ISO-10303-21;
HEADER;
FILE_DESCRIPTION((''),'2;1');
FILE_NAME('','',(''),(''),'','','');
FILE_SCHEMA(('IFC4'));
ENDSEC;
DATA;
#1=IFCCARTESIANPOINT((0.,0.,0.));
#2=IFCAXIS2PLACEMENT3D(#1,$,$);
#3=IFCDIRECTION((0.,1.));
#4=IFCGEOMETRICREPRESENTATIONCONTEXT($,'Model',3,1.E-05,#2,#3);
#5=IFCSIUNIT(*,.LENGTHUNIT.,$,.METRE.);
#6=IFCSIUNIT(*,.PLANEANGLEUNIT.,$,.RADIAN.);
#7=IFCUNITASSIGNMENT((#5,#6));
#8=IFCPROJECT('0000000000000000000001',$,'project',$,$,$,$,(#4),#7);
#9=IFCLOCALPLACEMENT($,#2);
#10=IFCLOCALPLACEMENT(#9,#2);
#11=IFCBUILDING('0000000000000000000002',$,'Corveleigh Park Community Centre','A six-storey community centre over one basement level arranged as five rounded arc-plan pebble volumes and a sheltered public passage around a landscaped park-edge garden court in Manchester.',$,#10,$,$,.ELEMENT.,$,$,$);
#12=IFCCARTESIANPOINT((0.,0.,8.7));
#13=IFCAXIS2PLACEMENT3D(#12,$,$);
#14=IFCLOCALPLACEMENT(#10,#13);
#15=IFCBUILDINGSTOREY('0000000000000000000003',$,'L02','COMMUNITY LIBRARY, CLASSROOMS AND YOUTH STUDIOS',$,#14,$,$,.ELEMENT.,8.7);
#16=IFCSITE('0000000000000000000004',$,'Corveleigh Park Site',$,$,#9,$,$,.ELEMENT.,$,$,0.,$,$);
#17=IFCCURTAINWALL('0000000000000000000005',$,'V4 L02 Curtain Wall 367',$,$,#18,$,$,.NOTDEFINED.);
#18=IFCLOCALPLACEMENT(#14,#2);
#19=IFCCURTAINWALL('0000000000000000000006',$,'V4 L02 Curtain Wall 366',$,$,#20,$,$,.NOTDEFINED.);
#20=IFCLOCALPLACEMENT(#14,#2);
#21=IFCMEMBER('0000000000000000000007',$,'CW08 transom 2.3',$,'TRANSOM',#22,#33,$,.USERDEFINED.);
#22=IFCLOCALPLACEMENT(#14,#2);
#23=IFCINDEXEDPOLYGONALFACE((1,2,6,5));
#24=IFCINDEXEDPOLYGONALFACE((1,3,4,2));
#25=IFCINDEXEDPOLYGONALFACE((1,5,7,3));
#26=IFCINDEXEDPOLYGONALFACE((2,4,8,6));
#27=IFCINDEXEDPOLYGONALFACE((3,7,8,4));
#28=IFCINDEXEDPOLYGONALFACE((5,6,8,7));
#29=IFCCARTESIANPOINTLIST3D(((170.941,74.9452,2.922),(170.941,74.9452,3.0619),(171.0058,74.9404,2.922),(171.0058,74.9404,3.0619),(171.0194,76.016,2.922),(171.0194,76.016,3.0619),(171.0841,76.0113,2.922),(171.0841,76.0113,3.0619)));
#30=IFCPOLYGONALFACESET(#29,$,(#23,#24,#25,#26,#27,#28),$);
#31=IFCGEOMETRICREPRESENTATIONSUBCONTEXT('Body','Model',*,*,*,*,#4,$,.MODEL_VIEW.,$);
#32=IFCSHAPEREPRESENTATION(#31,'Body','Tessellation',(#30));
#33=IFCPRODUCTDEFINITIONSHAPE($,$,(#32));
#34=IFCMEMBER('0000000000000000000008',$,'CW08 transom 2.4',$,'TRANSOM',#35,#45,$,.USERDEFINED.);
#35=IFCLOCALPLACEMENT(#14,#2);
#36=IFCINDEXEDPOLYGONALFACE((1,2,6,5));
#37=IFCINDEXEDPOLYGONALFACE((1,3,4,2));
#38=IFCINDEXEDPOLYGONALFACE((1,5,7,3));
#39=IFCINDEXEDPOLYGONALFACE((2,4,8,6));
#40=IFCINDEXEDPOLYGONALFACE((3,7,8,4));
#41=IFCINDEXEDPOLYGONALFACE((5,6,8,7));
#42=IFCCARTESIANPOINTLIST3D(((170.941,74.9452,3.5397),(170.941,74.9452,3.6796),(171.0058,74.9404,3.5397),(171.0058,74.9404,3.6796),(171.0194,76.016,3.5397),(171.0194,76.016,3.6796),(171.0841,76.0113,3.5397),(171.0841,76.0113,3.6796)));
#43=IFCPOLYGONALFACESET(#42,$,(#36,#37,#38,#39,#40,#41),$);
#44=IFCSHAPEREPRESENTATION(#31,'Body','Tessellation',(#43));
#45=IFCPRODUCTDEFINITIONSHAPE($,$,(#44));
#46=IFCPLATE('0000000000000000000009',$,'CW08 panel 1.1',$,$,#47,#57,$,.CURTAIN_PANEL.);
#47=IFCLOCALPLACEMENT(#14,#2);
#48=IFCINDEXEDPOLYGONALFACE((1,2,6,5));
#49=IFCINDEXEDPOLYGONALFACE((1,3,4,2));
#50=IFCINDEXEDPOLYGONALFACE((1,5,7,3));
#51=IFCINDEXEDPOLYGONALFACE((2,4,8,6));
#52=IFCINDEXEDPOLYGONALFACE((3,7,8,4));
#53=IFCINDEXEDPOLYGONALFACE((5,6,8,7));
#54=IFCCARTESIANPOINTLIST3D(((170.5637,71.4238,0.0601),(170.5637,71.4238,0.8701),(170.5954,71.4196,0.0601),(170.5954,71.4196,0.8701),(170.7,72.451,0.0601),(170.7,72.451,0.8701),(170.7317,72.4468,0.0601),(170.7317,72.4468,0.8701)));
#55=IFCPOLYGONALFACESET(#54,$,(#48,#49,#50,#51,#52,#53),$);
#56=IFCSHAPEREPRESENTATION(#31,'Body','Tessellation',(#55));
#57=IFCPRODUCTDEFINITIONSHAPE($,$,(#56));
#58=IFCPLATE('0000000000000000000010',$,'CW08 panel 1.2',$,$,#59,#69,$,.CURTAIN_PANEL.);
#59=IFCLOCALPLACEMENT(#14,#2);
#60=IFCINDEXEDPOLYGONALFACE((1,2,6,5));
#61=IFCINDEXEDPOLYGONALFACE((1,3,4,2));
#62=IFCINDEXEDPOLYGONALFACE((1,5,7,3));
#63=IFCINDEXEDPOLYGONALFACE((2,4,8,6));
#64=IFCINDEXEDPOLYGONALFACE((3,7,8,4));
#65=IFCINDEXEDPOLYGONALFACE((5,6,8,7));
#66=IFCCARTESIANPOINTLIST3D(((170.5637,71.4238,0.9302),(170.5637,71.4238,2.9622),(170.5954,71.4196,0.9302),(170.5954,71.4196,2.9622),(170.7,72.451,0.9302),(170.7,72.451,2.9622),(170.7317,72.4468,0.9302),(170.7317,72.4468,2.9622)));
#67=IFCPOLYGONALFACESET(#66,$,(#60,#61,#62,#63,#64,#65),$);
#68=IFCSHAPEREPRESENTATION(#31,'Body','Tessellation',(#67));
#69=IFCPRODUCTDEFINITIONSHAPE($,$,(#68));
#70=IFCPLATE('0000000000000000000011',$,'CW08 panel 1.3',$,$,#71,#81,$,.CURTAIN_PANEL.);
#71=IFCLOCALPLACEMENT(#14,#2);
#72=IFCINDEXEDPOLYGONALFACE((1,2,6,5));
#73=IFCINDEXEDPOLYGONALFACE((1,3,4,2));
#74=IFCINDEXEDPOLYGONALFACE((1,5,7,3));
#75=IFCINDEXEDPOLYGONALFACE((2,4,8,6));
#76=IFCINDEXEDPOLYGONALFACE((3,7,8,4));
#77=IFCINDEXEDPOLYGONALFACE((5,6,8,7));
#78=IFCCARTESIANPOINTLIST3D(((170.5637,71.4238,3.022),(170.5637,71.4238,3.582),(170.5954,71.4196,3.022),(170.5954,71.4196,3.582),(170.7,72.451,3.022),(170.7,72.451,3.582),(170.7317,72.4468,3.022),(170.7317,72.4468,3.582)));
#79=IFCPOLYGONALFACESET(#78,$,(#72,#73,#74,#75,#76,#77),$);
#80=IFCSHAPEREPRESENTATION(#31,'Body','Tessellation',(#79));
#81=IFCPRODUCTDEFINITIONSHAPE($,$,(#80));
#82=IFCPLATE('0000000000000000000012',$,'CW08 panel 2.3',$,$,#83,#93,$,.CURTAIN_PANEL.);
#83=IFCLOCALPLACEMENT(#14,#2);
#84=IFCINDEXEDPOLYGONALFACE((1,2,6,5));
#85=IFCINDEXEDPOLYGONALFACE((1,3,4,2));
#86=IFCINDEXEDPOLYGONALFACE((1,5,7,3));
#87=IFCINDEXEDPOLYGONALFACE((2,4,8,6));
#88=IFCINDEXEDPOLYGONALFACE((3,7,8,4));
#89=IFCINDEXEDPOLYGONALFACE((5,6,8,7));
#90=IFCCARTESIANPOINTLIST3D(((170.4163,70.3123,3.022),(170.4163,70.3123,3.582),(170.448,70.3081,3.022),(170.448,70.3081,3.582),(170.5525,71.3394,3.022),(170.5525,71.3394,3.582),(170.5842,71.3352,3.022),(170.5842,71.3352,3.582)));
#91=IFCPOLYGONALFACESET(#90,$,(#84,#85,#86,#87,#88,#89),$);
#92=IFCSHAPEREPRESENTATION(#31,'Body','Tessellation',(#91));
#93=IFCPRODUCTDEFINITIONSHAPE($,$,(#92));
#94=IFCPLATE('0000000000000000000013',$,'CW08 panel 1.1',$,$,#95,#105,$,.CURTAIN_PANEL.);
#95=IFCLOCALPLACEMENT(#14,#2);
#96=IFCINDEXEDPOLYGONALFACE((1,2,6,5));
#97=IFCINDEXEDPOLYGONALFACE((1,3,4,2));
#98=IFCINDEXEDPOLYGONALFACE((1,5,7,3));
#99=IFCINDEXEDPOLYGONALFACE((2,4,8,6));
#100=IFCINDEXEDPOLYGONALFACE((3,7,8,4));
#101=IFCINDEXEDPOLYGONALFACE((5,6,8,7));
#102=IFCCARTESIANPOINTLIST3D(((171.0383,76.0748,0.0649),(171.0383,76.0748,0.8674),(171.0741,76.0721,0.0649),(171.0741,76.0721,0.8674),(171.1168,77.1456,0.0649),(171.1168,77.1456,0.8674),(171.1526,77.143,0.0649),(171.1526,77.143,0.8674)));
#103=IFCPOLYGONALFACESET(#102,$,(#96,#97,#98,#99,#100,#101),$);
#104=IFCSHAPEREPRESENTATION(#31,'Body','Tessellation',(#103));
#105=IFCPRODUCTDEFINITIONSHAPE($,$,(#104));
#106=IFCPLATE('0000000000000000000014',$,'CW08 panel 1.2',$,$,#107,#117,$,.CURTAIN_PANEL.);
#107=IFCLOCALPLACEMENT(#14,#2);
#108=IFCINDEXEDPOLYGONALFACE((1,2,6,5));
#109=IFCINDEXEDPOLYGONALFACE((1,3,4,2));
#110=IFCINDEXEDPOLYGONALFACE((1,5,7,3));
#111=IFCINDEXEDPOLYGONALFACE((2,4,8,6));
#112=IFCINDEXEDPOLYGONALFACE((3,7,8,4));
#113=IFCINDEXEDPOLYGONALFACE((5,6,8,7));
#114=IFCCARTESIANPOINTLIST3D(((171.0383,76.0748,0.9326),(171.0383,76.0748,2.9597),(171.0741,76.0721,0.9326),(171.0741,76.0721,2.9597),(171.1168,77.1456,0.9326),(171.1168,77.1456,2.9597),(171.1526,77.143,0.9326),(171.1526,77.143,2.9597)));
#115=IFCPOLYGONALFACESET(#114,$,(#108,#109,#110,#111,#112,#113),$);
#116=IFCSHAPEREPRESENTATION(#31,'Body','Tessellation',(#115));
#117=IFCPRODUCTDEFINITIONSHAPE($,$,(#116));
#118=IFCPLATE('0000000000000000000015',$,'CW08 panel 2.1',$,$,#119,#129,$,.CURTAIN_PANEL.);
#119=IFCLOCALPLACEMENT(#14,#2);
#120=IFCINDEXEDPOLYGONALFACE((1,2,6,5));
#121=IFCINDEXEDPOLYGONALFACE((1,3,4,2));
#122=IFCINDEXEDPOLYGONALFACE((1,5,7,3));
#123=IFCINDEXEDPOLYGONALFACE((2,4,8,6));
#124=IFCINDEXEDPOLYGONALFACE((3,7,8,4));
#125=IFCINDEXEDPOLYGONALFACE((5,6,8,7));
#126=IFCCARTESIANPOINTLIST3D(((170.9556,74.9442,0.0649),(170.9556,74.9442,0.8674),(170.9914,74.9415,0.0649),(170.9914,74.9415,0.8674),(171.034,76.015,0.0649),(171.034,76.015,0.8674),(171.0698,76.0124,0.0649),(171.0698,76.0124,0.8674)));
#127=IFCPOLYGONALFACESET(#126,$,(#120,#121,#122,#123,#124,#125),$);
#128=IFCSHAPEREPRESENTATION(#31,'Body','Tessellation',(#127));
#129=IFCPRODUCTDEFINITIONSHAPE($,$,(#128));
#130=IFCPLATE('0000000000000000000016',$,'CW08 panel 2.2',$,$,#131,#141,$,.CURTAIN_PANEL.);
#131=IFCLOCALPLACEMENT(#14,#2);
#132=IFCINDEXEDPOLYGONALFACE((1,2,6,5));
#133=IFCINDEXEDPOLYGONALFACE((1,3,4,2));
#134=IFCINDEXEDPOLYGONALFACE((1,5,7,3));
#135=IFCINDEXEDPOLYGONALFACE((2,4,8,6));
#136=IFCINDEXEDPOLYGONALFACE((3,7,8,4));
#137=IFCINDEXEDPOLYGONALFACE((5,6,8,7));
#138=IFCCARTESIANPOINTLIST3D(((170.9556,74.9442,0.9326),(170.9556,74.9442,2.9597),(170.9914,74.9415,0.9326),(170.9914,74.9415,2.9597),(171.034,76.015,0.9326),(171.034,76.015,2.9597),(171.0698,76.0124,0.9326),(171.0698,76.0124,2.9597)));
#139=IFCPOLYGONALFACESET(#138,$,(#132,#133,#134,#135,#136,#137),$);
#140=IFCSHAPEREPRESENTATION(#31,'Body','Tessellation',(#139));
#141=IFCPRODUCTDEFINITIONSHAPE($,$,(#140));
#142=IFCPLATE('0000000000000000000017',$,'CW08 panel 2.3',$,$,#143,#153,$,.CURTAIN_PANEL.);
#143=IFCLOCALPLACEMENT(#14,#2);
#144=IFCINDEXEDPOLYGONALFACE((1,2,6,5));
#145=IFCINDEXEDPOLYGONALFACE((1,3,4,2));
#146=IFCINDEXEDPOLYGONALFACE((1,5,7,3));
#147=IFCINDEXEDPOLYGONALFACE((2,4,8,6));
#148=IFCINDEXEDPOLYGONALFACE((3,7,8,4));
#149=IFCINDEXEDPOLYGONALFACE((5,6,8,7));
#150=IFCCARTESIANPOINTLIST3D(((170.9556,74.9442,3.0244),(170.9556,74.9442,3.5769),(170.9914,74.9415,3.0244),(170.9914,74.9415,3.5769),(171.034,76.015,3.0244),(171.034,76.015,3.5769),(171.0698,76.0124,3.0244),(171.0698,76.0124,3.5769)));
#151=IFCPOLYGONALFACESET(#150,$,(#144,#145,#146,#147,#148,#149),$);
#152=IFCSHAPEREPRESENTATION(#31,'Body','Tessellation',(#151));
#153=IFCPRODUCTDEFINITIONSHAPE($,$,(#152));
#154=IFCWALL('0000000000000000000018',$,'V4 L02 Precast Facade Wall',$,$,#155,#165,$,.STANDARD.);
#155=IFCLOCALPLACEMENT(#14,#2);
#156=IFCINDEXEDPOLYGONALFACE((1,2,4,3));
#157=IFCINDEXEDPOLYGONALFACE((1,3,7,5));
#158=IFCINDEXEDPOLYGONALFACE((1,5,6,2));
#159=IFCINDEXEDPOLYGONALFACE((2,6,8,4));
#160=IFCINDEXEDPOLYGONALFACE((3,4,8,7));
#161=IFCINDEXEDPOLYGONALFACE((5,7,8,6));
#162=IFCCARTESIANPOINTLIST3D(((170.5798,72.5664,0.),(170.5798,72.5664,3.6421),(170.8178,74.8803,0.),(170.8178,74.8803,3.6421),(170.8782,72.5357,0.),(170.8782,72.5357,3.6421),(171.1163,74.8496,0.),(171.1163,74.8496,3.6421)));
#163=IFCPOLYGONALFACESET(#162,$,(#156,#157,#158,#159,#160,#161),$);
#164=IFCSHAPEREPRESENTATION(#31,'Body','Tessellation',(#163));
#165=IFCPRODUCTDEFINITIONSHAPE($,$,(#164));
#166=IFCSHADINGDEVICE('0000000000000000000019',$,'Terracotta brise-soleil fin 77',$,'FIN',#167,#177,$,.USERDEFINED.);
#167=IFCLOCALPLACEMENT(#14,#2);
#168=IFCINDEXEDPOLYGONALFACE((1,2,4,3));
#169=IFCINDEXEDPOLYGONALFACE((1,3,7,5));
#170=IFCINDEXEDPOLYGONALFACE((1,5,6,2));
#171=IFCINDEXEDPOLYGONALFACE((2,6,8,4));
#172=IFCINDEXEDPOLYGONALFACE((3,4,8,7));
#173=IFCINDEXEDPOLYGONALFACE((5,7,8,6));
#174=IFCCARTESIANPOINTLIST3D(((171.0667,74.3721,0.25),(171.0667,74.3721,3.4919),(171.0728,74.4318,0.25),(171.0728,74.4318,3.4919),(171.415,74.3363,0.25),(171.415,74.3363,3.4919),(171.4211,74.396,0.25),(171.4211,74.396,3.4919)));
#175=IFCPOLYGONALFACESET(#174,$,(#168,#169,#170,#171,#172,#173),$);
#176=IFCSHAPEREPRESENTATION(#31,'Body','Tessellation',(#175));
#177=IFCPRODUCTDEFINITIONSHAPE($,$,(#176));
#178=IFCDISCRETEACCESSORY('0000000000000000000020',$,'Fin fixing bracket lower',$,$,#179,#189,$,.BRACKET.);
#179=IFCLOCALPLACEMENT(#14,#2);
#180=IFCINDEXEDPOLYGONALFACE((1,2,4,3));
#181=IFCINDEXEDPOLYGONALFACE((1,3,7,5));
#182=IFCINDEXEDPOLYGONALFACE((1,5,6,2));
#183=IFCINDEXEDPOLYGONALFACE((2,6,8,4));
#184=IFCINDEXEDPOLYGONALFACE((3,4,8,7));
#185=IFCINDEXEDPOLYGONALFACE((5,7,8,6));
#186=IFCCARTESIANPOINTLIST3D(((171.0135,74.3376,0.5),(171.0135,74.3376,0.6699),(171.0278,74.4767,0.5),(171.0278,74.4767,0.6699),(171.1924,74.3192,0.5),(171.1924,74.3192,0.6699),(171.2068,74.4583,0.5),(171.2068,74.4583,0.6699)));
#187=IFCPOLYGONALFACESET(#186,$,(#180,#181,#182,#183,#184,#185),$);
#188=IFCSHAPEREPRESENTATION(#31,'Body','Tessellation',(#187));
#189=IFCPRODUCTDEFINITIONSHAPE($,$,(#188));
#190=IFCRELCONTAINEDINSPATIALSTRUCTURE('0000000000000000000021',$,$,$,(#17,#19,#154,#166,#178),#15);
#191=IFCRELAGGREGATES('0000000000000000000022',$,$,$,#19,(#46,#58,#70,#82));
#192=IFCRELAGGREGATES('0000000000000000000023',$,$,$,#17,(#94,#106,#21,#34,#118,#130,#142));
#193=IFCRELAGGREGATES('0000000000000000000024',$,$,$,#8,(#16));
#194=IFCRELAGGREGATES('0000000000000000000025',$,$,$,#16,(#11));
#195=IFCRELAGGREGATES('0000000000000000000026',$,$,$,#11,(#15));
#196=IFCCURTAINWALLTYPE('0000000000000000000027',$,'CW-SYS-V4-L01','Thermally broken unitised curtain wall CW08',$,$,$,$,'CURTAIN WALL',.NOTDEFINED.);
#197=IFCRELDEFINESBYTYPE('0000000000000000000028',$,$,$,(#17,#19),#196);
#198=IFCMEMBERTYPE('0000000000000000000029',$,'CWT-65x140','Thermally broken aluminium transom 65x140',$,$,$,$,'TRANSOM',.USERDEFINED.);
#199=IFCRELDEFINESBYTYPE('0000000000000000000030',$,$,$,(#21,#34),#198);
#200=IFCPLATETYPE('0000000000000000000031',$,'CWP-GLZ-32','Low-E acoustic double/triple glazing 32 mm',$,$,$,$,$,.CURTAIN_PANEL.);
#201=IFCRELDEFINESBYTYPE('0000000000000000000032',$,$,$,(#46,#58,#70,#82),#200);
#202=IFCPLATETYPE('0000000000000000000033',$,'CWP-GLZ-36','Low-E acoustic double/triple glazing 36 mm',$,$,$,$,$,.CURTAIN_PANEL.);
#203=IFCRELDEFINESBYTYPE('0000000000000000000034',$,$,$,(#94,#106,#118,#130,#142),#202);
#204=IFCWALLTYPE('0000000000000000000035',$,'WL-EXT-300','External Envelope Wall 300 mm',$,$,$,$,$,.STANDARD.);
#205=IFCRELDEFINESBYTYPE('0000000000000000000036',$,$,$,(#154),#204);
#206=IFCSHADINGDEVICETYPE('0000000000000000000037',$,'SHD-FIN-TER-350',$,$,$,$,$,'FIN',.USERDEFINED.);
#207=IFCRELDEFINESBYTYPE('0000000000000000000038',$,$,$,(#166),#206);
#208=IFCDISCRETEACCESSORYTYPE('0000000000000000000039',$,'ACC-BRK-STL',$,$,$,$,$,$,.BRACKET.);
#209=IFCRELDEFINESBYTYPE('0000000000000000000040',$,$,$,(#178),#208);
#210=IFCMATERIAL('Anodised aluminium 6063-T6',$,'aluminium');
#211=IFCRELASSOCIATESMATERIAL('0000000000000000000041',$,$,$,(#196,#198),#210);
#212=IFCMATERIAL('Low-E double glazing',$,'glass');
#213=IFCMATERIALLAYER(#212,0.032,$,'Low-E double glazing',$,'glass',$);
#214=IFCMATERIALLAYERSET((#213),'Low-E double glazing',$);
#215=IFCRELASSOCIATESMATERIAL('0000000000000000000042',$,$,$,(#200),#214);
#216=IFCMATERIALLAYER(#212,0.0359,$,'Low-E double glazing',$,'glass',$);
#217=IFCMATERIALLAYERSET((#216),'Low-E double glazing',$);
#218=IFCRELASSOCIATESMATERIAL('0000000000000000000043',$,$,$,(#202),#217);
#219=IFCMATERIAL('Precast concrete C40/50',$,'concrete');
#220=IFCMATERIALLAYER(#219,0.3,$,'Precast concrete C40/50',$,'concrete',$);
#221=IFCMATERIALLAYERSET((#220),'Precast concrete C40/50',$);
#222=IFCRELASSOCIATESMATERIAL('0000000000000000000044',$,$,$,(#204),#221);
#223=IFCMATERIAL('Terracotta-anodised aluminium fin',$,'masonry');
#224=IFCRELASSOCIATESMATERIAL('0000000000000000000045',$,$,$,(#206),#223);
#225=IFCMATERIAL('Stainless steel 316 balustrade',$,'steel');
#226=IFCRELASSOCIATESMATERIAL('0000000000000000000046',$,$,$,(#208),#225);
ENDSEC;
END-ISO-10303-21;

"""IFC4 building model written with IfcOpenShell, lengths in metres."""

from ifc_helpers import new_model, si_unit, direction, frame, frame_2d, origin, origin_2d, place, context, subcontext, project, spatial, rectangle, extrude, material, layer, layer_set, material_profile, profile_set, type_object, element, aggregate, save


model = new_model("IFC4")

# Units and contexts
model_context = context("Model", 3, precision=1e-05, world=origin(), true_north=direction((0.0, 1.0)))
body_context = subcontext(model_context, "Body", "Model", "MODEL_VIEW")
ifc_project = project(units=[si_unit("LENGTHUNIT", "METRE"), si_unit("PLANEANGLEUNIT", "RADIAN")], contexts=[model_context])

# Site, building, storey
site_placement = place(None, origin())
site = spatial("IfcSite", under=ifc_project, at=site_placement, Name="Corveleigh Park Site", CompositionType="ELEMENT", RefElevation=0.0)
building_placement = place(site_placement, origin())
building = spatial("IfcBuilding", under=site, at=building_placement, Name="Corveleigh Park Community Centre", Description="A six-storey community centre over one basement level arranged as five rounded arc-plan pebble volumes and a sheltered public passage around a landscaped park-edge garden court in Manchester.", CompositionType="ELEMENT")
storey_placement = place(building_placement, frame((0.0, 0.0, 8.7)))
storey = spatial("IfcBuildingStorey", under=building, at=storey_placement, Name="L02", Description="COMMUNITY LIBRARY, CLASSROOMS AND YOUTH STUDIOS", CompositionType="ELEMENT", Elevation=8.7)

# Curtain walls
ifc_material_1 = material(Name="Anodised aluminium 6063-T6", Category="aluminium")
curtain_wall_type = type_object("IfcCurtainWallType", Name="CW-SYS-V4-L01", Description="Thermally broken unitised curtain wall CW08", ElementType="CURTAIN WALL", PredefinedType="NOTDEFINED", material=ifc_material_1)
curtain_wall_1_placement = place(storey_placement, origin())
curtain_wall_1 = element("IfcCurtainWall", 1, at=curtain_wall_1_placement, inside=storey, type_object=curtain_wall_type, Name="V4 L02 Curtain Wall 367", PredefinedType="NOTDEFINED")
curtain_wall_2_placement = place(storey_placement, origin())
curtain_wall_2 = element("IfcCurtainWall", 2, at=curtain_wall_2_placement, inside=storey, type_object=curtain_wall_type, Name="V4 L02 Curtain Wall 366", PredefinedType="NOTDEFINED")

# Members
ifc_material_profile_1 = material_profile(ifc_material_1, rectangle(XDim=0.0649, YDim=0.1399, at=origin_2d()), Name="ALU-T65x140", Category="aluminium")
ifc_profile_set_1 = profile_set([ifc_material_profile_1], Name="Anodised aluminium 6063-T6")
member_type_1 = type_object("IfcMemberType", Name="CWT-65x140", Description="Thermally broken aluminium transom 65x140", ElementType="TRANSOM", PredefinedType="USERDEFINED", material=ifc_profile_set_1)
member_1_placement = place(storey_placement, frame((171.0518, 76.0137, 2.9919), z_axis=(-0.072992, -0.997333, 0.0), x_axis=(0.997333, -0.072992, 0.0)))
member_1 = element("IfcMember", 3, at=member_1_placement, type_object=member_type_1, Name="CW08 transom 2.3", ObjectType="TRANSOM", PredefinedType="USERDEFINED", context=body_context, shape_type="SweptSolid", body=[
    extrude(rectangle(XDim=0.0649, YDim=0.1399, at=origin_2d()), origin(), (0.0, 0.0, 1.0), 1.0737),
])
member_2_placement = place(storey_placement, frame((171.0518, 76.0137, 3.6096), z_axis=(-0.072992, -0.997333, 0.0), x_axis=(0.997333, -0.072992, 0.0)))
member_2 = element("IfcMember", 4, at=member_2_placement, type_object=member_type_1, Name="CW08 transom 2.4", ObjectType="TRANSOM", PredefinedType="USERDEFINED", context=body_context, shape_type="SweptSolid", body=[
    extrude(rectangle(XDim=0.0649, YDim=0.1399, at=origin_2d()), origin(), (0.0, 0.0, 1.0), 1.0737),
])

# Plates
ifc_material_2 = material(Name="Low-E double glazing", Category="glass")
ifc_layer_1 = layer(ifc_material_2, 0.032, Name="Low-E double glazing", Category="glass")
ifc_layer_set_1 = layer_set([ifc_layer_1], Name="Low-E double glazing")
plate_type_1 = type_object("IfcPlateType", Name="CWP-GLZ-32", Description="Low-E acoustic double/triple glazing 32 mm", PredefinedType="CURTAIN_PANEL", material=ifc_layer_set_1)
plate_1_placement = place(storey_placement, frame((170.6477, 71.9353, 0.0601), z_axis=(0.0, 0.0, 1.0), x_axis=(-0.131488, -0.991318, 0.0)))
plate_1 = element("IfcPlate", 5, at=plate_1_placement, type_object=plate_type_1, Name="CW08 panel 1.1", PredefinedType="CURTAIN_PANEL", context=body_context, shape_type="SweptSolid", body=[
    extrude(rectangle(XDim=1.0361, YDim=0.032, at=origin_2d()), origin(), (0.0, 0.0, 1.0), 0.8101),
])
plate_2_placement = place(storey_placement, frame((170.6477, 71.9353, 0.9302), z_axis=(0.0, 0.0, 1.0), x_axis=(-0.131488, -0.991318, 0.0)))
plate_2 = element("IfcPlate", 6, at=plate_2_placement, type_object=plate_type_1, Name="CW08 panel 1.2", PredefinedType="CURTAIN_PANEL", context=body_context, shape_type="SweptSolid", body=[
    extrude(rectangle(XDim=1.0361, YDim=0.032, at=origin_2d()), origin(), (0.0, 0.0, 1.0), 2.032),
])
plate_3_placement = place(storey_placement, frame((170.6477, 71.9353, 3.022), z_axis=(0.0, 0.0, 1.0), x_axis=(-0.131488, -0.991318, 0.0)))
plate_3 = element("IfcPlate", 7, at=plate_3_placement, type_object=plate_type_1, Name="CW08 panel 1.3", PredefinedType="CURTAIN_PANEL", context=body_context, shape_type="SweptSolid", body=[
    extrude(rectangle(XDim=1.0361, YDim=0.032, at=origin_2d()), origin(), (0.0, 0.0, 1.0), 0.5601),
])
plate_4_placement = place(storey_placement, frame((170.5002, 70.8237, 3.022), z_axis=(0.0, 0.0, 1.0), x_axis=(-0.131488, -0.991318, 0.0)))
plate_4 = element("IfcPlate", 8, at=plate_4_placement, type_object=plate_type_1, Name="CW08 panel 2.3", PredefinedType="CURTAIN_PANEL", context=body_context, shape_type="SweptSolid", body=[
    extrude(rectangle(XDim=1.0361, YDim=0.032, at=origin_2d()), origin(), (0.0, 0.0, 1.0), 0.5601),
])
aggregate(curtain_wall_2, [plate_1, plate_2, plate_3, plate_4])
ifc_layer_2 = layer(ifc_material_2, 0.0359, Name="Low-E double glazing", Category="glass")
ifc_layer_set_2 = layer_set([ifc_layer_2], Name="Low-E double glazing")
plate_type_2 = type_object("IfcPlateType", Name="CWP-GLZ-36", Description="Low-E acoustic double/triple glazing 36 mm", PredefinedType="CURTAIN_PANEL", material=ifc_layer_set_2)
plate_5_placement = place(storey_placement, frame((171.0955, 76.6089, 0.0649), z_axis=(0.0, 0.0, 1.0), x_axis=(-0.073049, -0.997328, 0.0)))
plate_5 = element("IfcPlate", 9, at=plate_5_placement, type_object=plate_type_2, Name="CW08 panel 1.1", PredefinedType="CURTAIN_PANEL", context=body_context, shape_type="SweptSolid", body=[
    extrude(rectangle(XDim=1.0737, YDim=0.0359, at=origin_2d()), origin(), (0.0, 0.0, 1.0), 0.8025),
])
plate_6_placement = place(storey_placement, frame((171.0955, 76.6089, 0.9326), z_axis=(0.0, 0.0, 1.0), x_axis=(-0.073049, -0.997328, 0.0)))
plate_6 = element("IfcPlate", 10, at=plate_6_placement, type_object=plate_type_2, Name="CW08 panel 1.2", PredefinedType="CURTAIN_PANEL", context=body_context, shape_type="SweptSolid", body=[
    extrude(rectangle(XDim=1.0737, YDim=0.0359, at=origin_2d()), origin(), (0.0, 0.0, 1.0), 2.0271),
])
plate_7_placement = place(storey_placement, frame((171.0127, 75.4783, 0.0649), z_axis=(0.0, 0.0, 1.0), x_axis=(-0.073049, -0.997328, 0.0)))
plate_7 = element("IfcPlate", 11, at=plate_7_placement, type_object=plate_type_2, Name="CW08 panel 2.1", PredefinedType="CURTAIN_PANEL", context=body_context, shape_type="SweptSolid", body=[
    extrude(rectangle(XDim=1.0737, YDim=0.0359, at=origin_2d()), origin(), (0.0, 0.0, 1.0), 0.8025),
])
plate_8_placement = place(storey_placement, frame((171.0127, 75.4783, 0.9326), z_axis=(0.0, 0.0, 1.0), x_axis=(-0.073049, -0.997328, 0.0)))
plate_8 = element("IfcPlate", 12, at=plate_8_placement, type_object=plate_type_2, Name="CW08 panel 2.2", PredefinedType="CURTAIN_PANEL", context=body_context, shape_type="SweptSolid", body=[
    extrude(rectangle(XDim=1.0737, YDim=0.0359, at=origin_2d()), origin(), (0.0, 0.0, 1.0), 2.0271),
])
plate_9_placement = place(storey_placement, frame((171.0127, 75.4783, 3.0244), z_axis=(0.0, 0.0, 1.0), x_axis=(-0.073049, -0.997328, 0.0)))
plate_9 = element("IfcPlate", 13, at=plate_9_placement, type_object=plate_type_2, Name="CW08 panel 2.3", PredefinedType="CURTAIN_PANEL", context=body_context, shape_type="SweptSolid", body=[
    extrude(rectangle(XDim=1.0737, YDim=0.0359, at=origin_2d()), origin(), (0.0, 0.0, 1.0), 0.5525),
])
aggregate(curtain_wall_1, [plate_5, plate_6, member_1, member_2, plate_7, plate_8, plate_9])

# Wall
ifc_material_3 = material(Name="Precast concrete C40/50", Category="concrete")
ifc_layer_3 = layer(ifc_material_3, 0.3, Name="Precast concrete C40/50", Category="concrete")
ifc_layer_set_3 = layer_set([ifc_layer_3], Name="Precast concrete C40/50")
wall_type = type_object("IfcWallType", Name="WL-EXT-300", Description="External Envelope Wall 300 mm", PredefinedType="STANDARD", material=ifc_layer_set_3)
wall_placement = place(storey_placement, frame((170.967, 74.865, 0.0), z_axis=(0.0, 0.0, 1.0), x_axis=(-0.10233, -0.994751, 0.0)))
element("IfcWall", 14, at=wall_placement, inside=storey, type_object=wall_type, Name="V4 L02 Precast Facade Wall", PredefinedType="STANDARD", context=body_context, shape_type="SweptSolid", body=[
    extrude(rectangle(XDim=2.3262, YDim=0.3, at=frame_2d((1.1631, 0.0))), origin(), (0.0, 0.0, 1.0), 3.6421),
])

# Shading device
ifc_material_4 = material(Name="Terracotta-anodised aluminium fin", Category="masonry")
shading_device_type = type_object("IfcShadingDeviceType", Name="SHD-FIN-TER-350", ElementType="FIN", PredefinedType="USERDEFINED", material=ifc_material_4)
shading_device_placement = place(storey_placement, frame((171.2439, 74.384, 0.25), z_axis=(0.0, 0.0, 1.0), x_axis=(0.994752, -0.102312, 0.0)))
element("IfcShadingDevice", 15, at=shading_device_placement, inside=storey, type_object=shading_device_type, Name="Terracotta brise-soleil fin 77", ObjectType="FIN", PredefinedType="USERDEFINED", context=body_context, shape_type="SweptSolid", body=[
    extrude(rectangle(XDim=0.3501, YDim=0.0601, at=origin_2d()), origin(), (0.0, 0.0, 1.0), 3.2419),
])

# Discrete accessory
ifc_material_5 = material(Name="Stainless steel 316 balustrade", Category="steel")
discrete_accessory_type = type_object("IfcDiscreteAccessoryType", Name="ACC-BRK-STL", PredefinedType="BRACKET", material=ifc_material_5)
for number, where, z_axis, x_axis, name in (
    (16, (171.1101, 74.3979, 0.5), (0.0, 0.0, 1.0), (0.994752, -0.102312, 0.0), "Fin fixing bracket lower"),
):
    element("IfcDiscreteAccessory", number, at=place(storey_placement, frame(where, z_axis=z_axis, x_axis=x_axis)), inside=storey, type_object=discrete_accessory_type, Name=name, PredefinedType="BRACKET", context=body_context, shape_type="SweptSolid", body=[
        extrude(rectangle(XDim=0.1799, YDim=0.1399, at=origin_2d()), origin(), (0.0, 0.0, 1.0), 0.1699),
    ])

save(model, "model.ifc")
